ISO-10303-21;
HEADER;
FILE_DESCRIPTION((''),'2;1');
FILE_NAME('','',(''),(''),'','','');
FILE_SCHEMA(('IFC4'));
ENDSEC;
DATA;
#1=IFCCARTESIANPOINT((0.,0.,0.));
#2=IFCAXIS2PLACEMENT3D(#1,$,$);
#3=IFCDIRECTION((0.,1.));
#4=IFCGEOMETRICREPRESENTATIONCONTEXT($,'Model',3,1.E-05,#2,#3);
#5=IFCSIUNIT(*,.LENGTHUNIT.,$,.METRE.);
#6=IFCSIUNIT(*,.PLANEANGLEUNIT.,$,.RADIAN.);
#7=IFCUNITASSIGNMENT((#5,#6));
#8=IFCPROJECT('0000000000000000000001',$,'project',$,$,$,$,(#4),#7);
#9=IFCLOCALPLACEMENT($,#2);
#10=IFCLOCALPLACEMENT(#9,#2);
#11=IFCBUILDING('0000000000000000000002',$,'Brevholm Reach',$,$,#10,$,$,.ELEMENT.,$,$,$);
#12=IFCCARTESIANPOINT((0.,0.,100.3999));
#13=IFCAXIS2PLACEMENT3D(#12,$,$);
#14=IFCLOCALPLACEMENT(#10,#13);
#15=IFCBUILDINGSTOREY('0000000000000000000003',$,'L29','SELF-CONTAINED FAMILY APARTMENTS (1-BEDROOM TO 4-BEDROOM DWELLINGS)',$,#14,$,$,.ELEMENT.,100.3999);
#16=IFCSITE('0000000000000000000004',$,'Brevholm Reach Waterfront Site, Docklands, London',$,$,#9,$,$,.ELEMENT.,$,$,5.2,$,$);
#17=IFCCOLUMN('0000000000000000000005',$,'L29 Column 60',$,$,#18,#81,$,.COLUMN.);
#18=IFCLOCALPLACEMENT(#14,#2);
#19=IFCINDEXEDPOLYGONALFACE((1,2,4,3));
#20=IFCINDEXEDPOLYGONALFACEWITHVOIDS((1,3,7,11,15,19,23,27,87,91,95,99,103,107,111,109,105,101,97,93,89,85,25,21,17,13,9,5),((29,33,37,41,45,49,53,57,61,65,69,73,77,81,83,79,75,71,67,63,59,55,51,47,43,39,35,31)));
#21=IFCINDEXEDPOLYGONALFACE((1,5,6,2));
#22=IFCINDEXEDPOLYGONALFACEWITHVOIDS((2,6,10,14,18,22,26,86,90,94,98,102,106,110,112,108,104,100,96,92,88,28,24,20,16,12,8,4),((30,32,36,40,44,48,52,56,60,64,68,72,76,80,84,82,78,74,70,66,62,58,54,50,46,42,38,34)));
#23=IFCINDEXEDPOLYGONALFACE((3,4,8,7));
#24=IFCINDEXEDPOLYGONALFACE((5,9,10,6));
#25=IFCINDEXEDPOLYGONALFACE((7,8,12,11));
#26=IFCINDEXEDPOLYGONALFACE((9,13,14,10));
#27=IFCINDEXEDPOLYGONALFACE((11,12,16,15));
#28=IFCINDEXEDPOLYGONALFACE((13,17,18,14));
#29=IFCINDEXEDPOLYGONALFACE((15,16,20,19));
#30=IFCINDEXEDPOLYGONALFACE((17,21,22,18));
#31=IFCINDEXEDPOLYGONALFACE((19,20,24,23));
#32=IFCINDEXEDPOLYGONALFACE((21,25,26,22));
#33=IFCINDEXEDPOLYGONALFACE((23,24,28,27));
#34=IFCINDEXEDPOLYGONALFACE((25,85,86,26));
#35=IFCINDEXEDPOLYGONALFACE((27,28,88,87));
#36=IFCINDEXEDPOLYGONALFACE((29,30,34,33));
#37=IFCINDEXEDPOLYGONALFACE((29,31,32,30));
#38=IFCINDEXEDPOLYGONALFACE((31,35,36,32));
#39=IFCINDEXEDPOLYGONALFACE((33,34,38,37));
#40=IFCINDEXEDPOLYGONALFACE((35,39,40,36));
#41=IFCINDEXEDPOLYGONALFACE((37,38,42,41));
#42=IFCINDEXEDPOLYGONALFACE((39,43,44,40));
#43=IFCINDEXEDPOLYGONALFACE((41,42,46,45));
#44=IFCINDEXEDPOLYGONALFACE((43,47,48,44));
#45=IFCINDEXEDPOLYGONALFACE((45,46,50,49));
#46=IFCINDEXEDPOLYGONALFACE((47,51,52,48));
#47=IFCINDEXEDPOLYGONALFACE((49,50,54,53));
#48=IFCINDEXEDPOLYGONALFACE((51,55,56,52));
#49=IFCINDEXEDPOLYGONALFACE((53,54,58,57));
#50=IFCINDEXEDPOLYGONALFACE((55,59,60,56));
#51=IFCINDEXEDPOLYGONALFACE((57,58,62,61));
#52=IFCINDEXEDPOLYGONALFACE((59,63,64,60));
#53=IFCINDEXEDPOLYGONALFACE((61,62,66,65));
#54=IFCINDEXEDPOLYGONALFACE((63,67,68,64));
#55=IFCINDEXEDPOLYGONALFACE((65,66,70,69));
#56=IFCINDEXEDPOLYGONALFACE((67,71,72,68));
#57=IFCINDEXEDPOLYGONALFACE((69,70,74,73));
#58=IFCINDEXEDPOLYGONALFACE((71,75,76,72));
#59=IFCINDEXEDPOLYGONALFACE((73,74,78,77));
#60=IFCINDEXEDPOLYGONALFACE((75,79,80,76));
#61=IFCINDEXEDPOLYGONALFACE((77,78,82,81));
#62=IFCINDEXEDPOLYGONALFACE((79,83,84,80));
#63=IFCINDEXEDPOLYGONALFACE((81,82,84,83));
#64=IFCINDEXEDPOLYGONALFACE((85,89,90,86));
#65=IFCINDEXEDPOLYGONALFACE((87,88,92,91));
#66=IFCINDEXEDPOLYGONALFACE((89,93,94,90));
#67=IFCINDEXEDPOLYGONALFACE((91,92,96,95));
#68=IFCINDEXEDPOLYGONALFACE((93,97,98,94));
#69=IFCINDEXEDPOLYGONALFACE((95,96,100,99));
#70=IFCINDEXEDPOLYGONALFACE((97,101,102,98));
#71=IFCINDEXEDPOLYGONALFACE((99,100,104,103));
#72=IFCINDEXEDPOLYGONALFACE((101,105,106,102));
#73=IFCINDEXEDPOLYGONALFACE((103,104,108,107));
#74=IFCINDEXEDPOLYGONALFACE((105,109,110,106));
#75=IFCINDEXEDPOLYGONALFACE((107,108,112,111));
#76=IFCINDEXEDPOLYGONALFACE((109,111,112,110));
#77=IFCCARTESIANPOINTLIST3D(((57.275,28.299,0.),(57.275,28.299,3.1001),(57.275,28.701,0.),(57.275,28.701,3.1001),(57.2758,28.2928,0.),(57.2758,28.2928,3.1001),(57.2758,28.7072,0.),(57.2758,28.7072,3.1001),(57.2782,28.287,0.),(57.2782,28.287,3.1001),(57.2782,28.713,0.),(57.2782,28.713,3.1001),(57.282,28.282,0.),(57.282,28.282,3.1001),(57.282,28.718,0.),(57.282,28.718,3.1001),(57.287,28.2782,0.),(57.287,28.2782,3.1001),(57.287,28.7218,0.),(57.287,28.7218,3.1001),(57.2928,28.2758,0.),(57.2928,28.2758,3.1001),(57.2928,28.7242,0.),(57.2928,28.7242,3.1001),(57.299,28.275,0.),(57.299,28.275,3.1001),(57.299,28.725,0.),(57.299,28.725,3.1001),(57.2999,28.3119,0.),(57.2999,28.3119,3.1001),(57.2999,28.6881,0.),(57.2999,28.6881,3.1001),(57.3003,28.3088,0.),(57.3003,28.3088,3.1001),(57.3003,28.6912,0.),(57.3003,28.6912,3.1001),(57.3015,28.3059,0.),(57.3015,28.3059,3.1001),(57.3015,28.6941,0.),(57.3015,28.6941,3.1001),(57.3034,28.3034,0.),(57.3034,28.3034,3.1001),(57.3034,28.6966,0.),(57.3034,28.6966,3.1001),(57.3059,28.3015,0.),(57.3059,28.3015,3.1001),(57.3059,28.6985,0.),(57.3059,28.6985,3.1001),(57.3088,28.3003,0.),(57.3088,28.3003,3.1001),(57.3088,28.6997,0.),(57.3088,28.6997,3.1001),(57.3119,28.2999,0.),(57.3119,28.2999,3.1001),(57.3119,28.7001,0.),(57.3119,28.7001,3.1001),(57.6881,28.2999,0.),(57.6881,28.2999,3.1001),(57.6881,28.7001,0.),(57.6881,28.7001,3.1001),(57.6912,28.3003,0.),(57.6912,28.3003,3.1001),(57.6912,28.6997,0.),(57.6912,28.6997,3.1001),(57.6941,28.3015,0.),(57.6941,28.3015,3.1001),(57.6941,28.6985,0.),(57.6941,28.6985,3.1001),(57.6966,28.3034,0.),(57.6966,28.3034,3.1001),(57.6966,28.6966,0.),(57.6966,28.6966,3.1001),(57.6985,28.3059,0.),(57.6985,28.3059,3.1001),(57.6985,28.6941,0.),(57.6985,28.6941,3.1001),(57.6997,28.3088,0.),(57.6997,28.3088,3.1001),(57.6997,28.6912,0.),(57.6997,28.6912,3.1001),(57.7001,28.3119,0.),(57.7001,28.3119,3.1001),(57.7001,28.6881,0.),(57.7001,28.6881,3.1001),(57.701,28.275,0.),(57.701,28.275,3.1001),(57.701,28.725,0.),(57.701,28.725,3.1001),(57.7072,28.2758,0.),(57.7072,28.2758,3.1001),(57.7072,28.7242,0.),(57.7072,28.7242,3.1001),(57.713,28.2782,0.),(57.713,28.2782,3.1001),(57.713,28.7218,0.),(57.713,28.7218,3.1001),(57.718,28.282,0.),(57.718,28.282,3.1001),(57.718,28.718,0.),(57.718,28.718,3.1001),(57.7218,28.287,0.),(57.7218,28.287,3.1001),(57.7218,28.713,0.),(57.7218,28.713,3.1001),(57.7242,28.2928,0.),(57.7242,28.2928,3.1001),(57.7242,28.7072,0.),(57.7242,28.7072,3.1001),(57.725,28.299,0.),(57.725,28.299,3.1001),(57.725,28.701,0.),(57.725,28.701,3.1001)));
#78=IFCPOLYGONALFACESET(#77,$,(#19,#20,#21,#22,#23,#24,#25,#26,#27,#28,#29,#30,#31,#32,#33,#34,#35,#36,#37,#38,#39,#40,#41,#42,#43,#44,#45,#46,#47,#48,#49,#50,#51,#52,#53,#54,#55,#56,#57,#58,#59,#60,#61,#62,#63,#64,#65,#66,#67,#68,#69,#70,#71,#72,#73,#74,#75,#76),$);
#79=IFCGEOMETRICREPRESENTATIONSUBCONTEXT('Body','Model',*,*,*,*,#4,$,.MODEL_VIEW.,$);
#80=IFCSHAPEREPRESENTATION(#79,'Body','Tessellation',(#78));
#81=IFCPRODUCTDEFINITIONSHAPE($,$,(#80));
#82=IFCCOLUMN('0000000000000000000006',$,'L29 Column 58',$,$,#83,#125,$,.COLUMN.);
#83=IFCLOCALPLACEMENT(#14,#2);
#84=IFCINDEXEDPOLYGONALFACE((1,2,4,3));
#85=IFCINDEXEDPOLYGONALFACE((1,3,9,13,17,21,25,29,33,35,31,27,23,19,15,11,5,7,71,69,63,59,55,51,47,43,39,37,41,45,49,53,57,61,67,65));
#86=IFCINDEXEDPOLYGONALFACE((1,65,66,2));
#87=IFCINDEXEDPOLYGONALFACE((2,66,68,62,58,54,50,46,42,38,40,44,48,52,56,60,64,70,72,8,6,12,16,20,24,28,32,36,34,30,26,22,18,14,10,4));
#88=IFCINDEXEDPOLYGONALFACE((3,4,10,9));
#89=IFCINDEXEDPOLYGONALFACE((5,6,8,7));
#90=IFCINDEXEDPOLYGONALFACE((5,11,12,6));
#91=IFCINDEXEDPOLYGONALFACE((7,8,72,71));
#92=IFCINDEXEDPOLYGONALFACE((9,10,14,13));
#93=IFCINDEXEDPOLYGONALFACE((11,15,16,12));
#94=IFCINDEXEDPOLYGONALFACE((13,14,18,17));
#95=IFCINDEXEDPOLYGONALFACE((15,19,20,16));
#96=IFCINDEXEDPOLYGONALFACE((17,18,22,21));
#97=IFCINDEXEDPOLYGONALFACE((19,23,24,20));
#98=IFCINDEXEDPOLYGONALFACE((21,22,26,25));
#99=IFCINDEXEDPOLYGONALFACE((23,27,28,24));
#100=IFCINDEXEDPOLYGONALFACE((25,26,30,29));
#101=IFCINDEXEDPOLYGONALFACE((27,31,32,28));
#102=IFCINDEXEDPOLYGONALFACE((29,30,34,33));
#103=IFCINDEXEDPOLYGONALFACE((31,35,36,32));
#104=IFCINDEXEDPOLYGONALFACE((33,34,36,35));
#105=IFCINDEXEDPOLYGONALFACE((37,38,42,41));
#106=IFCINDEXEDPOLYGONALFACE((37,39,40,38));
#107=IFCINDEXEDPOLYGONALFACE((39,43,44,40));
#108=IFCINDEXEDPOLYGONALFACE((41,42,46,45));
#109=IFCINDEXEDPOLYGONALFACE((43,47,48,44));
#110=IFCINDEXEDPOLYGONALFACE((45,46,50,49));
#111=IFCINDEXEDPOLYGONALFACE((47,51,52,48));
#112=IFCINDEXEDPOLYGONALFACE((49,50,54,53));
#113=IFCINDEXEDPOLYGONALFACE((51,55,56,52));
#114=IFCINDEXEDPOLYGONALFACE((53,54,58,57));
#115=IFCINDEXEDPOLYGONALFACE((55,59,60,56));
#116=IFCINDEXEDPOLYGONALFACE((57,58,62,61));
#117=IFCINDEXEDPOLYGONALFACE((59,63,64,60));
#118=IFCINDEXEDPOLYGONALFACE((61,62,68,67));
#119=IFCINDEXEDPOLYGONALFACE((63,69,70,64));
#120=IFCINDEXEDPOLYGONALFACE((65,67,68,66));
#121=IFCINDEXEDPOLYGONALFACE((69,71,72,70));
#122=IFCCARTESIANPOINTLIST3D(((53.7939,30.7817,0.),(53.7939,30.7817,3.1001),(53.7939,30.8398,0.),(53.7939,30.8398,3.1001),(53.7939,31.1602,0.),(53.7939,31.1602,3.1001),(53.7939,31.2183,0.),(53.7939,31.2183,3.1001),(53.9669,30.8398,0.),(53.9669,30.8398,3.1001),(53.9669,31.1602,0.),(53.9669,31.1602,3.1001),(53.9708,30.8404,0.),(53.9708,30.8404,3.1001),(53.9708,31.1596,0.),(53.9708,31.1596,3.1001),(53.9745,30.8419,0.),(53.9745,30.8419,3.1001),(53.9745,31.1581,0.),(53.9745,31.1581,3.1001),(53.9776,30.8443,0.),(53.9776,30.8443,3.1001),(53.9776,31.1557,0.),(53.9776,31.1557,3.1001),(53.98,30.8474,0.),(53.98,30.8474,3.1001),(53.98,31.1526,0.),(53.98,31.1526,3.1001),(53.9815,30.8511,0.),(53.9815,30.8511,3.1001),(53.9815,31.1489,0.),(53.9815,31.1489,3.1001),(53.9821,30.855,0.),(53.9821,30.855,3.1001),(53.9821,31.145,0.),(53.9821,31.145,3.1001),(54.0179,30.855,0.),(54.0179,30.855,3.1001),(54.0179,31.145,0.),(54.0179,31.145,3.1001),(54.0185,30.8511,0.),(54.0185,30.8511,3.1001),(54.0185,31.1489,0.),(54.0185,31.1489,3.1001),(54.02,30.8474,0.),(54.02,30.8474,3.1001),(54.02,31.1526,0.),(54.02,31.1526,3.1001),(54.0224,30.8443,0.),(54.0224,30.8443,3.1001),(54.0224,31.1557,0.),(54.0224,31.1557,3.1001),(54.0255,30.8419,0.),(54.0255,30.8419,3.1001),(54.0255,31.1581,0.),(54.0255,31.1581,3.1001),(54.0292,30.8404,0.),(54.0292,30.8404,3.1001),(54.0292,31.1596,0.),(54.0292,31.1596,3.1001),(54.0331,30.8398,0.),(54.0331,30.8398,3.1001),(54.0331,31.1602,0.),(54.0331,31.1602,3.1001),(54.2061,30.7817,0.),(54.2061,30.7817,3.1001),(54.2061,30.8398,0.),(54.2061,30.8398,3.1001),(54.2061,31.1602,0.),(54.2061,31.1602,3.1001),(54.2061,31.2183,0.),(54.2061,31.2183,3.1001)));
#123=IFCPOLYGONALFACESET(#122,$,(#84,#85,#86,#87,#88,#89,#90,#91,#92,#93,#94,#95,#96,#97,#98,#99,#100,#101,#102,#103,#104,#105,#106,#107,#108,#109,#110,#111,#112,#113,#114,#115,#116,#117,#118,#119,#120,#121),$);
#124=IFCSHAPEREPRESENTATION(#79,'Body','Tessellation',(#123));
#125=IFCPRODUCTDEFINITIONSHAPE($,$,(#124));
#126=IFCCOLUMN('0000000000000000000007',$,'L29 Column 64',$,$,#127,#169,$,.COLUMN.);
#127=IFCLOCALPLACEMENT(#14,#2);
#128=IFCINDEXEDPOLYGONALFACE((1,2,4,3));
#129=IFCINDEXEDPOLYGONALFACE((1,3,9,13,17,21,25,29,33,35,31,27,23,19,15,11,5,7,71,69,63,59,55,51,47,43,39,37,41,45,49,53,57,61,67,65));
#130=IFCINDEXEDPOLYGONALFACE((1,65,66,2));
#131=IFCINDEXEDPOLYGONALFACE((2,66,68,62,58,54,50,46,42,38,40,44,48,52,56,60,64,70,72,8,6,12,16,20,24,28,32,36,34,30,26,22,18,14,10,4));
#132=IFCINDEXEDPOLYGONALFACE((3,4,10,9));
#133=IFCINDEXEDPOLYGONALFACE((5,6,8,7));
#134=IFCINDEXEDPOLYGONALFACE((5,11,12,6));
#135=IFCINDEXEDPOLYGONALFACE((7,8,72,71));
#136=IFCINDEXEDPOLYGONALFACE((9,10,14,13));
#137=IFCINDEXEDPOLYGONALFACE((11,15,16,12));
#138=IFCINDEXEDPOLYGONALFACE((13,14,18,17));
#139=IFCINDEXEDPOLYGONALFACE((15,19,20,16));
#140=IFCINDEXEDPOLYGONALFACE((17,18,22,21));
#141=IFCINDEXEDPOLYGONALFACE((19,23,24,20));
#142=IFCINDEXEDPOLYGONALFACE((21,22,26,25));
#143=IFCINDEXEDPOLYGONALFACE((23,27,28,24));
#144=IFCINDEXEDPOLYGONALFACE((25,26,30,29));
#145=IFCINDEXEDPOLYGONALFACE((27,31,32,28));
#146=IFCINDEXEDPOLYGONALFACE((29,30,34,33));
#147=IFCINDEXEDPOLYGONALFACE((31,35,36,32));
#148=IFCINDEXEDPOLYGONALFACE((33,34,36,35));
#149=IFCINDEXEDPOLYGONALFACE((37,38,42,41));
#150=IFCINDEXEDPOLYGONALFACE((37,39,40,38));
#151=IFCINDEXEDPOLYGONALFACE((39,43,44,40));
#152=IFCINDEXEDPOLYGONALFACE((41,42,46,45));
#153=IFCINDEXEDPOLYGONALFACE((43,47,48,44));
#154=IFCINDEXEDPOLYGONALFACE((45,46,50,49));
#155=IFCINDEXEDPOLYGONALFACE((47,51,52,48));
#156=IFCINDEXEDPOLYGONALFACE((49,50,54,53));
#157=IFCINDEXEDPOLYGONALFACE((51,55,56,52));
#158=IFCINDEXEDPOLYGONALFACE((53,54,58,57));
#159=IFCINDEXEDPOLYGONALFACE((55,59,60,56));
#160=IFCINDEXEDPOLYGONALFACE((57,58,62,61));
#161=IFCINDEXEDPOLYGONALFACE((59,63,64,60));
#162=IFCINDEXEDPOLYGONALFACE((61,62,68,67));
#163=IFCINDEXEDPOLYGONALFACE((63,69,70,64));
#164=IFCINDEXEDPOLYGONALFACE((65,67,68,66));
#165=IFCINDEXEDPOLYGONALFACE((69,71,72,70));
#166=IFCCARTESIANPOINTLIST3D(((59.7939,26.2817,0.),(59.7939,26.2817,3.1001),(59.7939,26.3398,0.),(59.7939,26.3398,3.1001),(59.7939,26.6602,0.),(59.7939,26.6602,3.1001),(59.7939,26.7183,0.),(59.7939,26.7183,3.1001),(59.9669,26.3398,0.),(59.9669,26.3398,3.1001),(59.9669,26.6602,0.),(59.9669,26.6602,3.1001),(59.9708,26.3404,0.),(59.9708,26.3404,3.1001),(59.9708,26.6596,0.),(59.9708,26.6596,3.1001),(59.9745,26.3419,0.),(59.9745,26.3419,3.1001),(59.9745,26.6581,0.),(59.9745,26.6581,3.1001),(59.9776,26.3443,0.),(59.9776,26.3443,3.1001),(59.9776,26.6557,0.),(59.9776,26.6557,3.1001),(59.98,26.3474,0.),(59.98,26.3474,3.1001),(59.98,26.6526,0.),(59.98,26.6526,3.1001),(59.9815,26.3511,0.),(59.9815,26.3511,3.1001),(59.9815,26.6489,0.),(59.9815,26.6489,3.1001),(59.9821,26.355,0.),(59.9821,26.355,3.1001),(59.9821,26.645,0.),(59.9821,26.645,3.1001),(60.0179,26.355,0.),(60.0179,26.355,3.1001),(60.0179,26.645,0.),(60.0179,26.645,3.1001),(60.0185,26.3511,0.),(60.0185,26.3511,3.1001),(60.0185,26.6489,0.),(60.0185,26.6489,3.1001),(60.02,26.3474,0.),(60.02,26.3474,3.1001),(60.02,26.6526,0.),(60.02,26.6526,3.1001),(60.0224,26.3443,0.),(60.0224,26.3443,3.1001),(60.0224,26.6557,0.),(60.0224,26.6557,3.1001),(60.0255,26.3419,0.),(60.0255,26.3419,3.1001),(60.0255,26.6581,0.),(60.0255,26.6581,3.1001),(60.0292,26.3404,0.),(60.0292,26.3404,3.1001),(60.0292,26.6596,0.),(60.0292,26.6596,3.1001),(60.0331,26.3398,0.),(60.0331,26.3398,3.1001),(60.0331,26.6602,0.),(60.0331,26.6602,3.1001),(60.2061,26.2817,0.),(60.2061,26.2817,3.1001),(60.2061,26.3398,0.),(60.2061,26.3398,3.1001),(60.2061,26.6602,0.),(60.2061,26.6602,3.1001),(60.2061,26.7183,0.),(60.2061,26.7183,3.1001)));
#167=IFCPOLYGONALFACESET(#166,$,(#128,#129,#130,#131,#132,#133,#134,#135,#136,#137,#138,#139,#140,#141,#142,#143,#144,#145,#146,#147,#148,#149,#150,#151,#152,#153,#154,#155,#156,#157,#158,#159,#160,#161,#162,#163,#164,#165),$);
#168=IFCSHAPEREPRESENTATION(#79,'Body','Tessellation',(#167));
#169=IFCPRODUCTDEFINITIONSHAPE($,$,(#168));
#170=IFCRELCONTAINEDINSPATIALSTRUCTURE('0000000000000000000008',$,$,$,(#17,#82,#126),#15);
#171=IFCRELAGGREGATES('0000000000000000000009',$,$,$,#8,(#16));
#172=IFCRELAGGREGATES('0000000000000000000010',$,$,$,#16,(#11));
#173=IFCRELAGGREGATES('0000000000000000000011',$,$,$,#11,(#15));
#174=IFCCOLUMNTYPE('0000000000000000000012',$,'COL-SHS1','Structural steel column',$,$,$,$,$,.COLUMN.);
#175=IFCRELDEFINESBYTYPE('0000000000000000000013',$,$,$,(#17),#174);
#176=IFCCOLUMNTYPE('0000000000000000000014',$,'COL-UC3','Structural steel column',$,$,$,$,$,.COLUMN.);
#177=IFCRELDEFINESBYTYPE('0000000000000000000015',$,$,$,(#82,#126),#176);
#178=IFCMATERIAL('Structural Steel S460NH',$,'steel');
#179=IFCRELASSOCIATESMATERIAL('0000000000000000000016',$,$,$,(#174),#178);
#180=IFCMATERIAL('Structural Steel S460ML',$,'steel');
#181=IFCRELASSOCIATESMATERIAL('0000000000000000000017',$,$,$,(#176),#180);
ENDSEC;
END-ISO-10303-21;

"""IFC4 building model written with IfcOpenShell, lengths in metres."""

from ifc_helpers import new_model, si_unit, direction, frame, origin, origin_2d, place, context, subcontext, project, spatial, hollow_rectangle, i_section, extrude, material, material_profile, profile_set, type_object, element, save


model = new_model("IFC4")

# Units and contexts
model_context = context("Model", 3, precision=1e-05, world=origin(), true_north=direction((0.0, 1.0)))
body_context = subcontext(model_context, "Body", "Model", "MODEL_VIEW")
ifc_project = project(units=[si_unit("LENGTHUNIT", "METRE"), si_unit("PLANEANGLEUNIT", "RADIAN")], contexts=[model_context])

# Site, building, storey
site_placement = place(None, origin())
site = spatial("IfcSite", under=ifc_project, at=site_placement, Name="Brevholm Reach Waterfront Site, Docklands, London", CompositionType="ELEMENT", RefElevation=5.2)
building_placement = place(site_placement, origin())
building = spatial("IfcBuilding", under=site, at=building_placement, Name="Brevholm Reach", CompositionType="ELEMENT")
storey_placement = place(building_placement, frame((0.0, 0.0, 100.3999)))
storey = spatial("IfcBuildingStorey", under=building, at=storey_placement, Name="L29", Description="SELF-CONTAINED FAMILY APARTMENTS (1-BEDROOM TO 4-BEDROOM DWELLINGS)", CompositionType="ELEMENT", Elevation=100.3999)

# Columns
ifc_material_1 = material(Name="Structural Steel S460NH", Category="steel")
ifc_material_profile_1 = material_profile(ifc_material_1, hollow_rectangle(XDim=0.45, YDim=0.45, WallThickness=0.0249, InnerFilletRadius=0.012, OuterFilletRadius=0.0239, at=origin_2d()), Name="SHS 450x450x25")
ifc_profile_set_1 = profile_set([ifc_material_profile_1], Name="Structural Steel S460NH")
column_type_1 = type_object("IfcColumnType", Name="COL-SHS1", Description="Structural steel column", PredefinedType="COLUMN", material=ifc_profile_set_1)
column_1_placement = place(storey_placement, frame((57.5, 28.5, 0.0), z_axis=(0.0, 0.0, 1.0), x_axis=(1.0, 0.0, 0.0)))
element("IfcColumn", 1, at=column_1_placement, inside=storey, type_object=column_type_1, Name="L29 Column 60", PredefinedType="COLUMN", context=body_context, shape_type="SweptSolid", body=[
    extrude(hollow_rectangle(XDim=0.45, YDim=0.45, WallThickness=0.0249, InnerFilletRadius=0.012, OuterFilletRadius=0.0239, at=origin_2d()), origin(), (0.0, 0.0, 1.0), 3.1001),
])
ifc_material_2 = material(Name="Structural Steel S460ML", Category="steel")
ifc_material_profile_2 = material_profile(ifc_material_2, i_section(OverallWidth=0.4121, OverallDepth=0.4365, WebThickness=0.0359, FlangeThickness=0.0581, FilletRadius=0.0151, at=origin_2d()), Name="UKC 356x406x467")
ifc_profile_set_2 = profile_set([ifc_material_profile_2], Name="Structural Steel S460ML")
column_type_2 = type_object("IfcColumnType", Name="COL-UC3", Description="Structural steel column", PredefinedType="COLUMN", material=ifc_profile_set_2)
for number, where, z_axis, x_axis, name in (
    (2, (54.0, 31.0, 0.0), (0.0, 0.0, 1.0), (1.0, 0.0, 0.0), "L29 Column 58"),
    (3, (60.0, 26.5, 0.0), (0.0, 0.0, 1.0), (1.0, 0.0, 0.0), "L29 Column 64"),
):
    element("IfcColumn", number, at=place(storey_placement, frame(where, z_axis=z_axis, x_axis=x_axis)), inside=storey, type_object=column_type_2, Name=name, PredefinedType="COLUMN", context=body_context, shape_type="SweptSolid", body=[
        extrude(i_section(OverallWidth=0.4121, OverallDepth=0.4365, WebThickness=0.0359, FlangeThickness=0.0581, FilletRadius=0.0151, at=origin_2d()), origin(), (0.0, 0.0, 1.0), 3.1001),
    ])

save(model, "model.ifc")
